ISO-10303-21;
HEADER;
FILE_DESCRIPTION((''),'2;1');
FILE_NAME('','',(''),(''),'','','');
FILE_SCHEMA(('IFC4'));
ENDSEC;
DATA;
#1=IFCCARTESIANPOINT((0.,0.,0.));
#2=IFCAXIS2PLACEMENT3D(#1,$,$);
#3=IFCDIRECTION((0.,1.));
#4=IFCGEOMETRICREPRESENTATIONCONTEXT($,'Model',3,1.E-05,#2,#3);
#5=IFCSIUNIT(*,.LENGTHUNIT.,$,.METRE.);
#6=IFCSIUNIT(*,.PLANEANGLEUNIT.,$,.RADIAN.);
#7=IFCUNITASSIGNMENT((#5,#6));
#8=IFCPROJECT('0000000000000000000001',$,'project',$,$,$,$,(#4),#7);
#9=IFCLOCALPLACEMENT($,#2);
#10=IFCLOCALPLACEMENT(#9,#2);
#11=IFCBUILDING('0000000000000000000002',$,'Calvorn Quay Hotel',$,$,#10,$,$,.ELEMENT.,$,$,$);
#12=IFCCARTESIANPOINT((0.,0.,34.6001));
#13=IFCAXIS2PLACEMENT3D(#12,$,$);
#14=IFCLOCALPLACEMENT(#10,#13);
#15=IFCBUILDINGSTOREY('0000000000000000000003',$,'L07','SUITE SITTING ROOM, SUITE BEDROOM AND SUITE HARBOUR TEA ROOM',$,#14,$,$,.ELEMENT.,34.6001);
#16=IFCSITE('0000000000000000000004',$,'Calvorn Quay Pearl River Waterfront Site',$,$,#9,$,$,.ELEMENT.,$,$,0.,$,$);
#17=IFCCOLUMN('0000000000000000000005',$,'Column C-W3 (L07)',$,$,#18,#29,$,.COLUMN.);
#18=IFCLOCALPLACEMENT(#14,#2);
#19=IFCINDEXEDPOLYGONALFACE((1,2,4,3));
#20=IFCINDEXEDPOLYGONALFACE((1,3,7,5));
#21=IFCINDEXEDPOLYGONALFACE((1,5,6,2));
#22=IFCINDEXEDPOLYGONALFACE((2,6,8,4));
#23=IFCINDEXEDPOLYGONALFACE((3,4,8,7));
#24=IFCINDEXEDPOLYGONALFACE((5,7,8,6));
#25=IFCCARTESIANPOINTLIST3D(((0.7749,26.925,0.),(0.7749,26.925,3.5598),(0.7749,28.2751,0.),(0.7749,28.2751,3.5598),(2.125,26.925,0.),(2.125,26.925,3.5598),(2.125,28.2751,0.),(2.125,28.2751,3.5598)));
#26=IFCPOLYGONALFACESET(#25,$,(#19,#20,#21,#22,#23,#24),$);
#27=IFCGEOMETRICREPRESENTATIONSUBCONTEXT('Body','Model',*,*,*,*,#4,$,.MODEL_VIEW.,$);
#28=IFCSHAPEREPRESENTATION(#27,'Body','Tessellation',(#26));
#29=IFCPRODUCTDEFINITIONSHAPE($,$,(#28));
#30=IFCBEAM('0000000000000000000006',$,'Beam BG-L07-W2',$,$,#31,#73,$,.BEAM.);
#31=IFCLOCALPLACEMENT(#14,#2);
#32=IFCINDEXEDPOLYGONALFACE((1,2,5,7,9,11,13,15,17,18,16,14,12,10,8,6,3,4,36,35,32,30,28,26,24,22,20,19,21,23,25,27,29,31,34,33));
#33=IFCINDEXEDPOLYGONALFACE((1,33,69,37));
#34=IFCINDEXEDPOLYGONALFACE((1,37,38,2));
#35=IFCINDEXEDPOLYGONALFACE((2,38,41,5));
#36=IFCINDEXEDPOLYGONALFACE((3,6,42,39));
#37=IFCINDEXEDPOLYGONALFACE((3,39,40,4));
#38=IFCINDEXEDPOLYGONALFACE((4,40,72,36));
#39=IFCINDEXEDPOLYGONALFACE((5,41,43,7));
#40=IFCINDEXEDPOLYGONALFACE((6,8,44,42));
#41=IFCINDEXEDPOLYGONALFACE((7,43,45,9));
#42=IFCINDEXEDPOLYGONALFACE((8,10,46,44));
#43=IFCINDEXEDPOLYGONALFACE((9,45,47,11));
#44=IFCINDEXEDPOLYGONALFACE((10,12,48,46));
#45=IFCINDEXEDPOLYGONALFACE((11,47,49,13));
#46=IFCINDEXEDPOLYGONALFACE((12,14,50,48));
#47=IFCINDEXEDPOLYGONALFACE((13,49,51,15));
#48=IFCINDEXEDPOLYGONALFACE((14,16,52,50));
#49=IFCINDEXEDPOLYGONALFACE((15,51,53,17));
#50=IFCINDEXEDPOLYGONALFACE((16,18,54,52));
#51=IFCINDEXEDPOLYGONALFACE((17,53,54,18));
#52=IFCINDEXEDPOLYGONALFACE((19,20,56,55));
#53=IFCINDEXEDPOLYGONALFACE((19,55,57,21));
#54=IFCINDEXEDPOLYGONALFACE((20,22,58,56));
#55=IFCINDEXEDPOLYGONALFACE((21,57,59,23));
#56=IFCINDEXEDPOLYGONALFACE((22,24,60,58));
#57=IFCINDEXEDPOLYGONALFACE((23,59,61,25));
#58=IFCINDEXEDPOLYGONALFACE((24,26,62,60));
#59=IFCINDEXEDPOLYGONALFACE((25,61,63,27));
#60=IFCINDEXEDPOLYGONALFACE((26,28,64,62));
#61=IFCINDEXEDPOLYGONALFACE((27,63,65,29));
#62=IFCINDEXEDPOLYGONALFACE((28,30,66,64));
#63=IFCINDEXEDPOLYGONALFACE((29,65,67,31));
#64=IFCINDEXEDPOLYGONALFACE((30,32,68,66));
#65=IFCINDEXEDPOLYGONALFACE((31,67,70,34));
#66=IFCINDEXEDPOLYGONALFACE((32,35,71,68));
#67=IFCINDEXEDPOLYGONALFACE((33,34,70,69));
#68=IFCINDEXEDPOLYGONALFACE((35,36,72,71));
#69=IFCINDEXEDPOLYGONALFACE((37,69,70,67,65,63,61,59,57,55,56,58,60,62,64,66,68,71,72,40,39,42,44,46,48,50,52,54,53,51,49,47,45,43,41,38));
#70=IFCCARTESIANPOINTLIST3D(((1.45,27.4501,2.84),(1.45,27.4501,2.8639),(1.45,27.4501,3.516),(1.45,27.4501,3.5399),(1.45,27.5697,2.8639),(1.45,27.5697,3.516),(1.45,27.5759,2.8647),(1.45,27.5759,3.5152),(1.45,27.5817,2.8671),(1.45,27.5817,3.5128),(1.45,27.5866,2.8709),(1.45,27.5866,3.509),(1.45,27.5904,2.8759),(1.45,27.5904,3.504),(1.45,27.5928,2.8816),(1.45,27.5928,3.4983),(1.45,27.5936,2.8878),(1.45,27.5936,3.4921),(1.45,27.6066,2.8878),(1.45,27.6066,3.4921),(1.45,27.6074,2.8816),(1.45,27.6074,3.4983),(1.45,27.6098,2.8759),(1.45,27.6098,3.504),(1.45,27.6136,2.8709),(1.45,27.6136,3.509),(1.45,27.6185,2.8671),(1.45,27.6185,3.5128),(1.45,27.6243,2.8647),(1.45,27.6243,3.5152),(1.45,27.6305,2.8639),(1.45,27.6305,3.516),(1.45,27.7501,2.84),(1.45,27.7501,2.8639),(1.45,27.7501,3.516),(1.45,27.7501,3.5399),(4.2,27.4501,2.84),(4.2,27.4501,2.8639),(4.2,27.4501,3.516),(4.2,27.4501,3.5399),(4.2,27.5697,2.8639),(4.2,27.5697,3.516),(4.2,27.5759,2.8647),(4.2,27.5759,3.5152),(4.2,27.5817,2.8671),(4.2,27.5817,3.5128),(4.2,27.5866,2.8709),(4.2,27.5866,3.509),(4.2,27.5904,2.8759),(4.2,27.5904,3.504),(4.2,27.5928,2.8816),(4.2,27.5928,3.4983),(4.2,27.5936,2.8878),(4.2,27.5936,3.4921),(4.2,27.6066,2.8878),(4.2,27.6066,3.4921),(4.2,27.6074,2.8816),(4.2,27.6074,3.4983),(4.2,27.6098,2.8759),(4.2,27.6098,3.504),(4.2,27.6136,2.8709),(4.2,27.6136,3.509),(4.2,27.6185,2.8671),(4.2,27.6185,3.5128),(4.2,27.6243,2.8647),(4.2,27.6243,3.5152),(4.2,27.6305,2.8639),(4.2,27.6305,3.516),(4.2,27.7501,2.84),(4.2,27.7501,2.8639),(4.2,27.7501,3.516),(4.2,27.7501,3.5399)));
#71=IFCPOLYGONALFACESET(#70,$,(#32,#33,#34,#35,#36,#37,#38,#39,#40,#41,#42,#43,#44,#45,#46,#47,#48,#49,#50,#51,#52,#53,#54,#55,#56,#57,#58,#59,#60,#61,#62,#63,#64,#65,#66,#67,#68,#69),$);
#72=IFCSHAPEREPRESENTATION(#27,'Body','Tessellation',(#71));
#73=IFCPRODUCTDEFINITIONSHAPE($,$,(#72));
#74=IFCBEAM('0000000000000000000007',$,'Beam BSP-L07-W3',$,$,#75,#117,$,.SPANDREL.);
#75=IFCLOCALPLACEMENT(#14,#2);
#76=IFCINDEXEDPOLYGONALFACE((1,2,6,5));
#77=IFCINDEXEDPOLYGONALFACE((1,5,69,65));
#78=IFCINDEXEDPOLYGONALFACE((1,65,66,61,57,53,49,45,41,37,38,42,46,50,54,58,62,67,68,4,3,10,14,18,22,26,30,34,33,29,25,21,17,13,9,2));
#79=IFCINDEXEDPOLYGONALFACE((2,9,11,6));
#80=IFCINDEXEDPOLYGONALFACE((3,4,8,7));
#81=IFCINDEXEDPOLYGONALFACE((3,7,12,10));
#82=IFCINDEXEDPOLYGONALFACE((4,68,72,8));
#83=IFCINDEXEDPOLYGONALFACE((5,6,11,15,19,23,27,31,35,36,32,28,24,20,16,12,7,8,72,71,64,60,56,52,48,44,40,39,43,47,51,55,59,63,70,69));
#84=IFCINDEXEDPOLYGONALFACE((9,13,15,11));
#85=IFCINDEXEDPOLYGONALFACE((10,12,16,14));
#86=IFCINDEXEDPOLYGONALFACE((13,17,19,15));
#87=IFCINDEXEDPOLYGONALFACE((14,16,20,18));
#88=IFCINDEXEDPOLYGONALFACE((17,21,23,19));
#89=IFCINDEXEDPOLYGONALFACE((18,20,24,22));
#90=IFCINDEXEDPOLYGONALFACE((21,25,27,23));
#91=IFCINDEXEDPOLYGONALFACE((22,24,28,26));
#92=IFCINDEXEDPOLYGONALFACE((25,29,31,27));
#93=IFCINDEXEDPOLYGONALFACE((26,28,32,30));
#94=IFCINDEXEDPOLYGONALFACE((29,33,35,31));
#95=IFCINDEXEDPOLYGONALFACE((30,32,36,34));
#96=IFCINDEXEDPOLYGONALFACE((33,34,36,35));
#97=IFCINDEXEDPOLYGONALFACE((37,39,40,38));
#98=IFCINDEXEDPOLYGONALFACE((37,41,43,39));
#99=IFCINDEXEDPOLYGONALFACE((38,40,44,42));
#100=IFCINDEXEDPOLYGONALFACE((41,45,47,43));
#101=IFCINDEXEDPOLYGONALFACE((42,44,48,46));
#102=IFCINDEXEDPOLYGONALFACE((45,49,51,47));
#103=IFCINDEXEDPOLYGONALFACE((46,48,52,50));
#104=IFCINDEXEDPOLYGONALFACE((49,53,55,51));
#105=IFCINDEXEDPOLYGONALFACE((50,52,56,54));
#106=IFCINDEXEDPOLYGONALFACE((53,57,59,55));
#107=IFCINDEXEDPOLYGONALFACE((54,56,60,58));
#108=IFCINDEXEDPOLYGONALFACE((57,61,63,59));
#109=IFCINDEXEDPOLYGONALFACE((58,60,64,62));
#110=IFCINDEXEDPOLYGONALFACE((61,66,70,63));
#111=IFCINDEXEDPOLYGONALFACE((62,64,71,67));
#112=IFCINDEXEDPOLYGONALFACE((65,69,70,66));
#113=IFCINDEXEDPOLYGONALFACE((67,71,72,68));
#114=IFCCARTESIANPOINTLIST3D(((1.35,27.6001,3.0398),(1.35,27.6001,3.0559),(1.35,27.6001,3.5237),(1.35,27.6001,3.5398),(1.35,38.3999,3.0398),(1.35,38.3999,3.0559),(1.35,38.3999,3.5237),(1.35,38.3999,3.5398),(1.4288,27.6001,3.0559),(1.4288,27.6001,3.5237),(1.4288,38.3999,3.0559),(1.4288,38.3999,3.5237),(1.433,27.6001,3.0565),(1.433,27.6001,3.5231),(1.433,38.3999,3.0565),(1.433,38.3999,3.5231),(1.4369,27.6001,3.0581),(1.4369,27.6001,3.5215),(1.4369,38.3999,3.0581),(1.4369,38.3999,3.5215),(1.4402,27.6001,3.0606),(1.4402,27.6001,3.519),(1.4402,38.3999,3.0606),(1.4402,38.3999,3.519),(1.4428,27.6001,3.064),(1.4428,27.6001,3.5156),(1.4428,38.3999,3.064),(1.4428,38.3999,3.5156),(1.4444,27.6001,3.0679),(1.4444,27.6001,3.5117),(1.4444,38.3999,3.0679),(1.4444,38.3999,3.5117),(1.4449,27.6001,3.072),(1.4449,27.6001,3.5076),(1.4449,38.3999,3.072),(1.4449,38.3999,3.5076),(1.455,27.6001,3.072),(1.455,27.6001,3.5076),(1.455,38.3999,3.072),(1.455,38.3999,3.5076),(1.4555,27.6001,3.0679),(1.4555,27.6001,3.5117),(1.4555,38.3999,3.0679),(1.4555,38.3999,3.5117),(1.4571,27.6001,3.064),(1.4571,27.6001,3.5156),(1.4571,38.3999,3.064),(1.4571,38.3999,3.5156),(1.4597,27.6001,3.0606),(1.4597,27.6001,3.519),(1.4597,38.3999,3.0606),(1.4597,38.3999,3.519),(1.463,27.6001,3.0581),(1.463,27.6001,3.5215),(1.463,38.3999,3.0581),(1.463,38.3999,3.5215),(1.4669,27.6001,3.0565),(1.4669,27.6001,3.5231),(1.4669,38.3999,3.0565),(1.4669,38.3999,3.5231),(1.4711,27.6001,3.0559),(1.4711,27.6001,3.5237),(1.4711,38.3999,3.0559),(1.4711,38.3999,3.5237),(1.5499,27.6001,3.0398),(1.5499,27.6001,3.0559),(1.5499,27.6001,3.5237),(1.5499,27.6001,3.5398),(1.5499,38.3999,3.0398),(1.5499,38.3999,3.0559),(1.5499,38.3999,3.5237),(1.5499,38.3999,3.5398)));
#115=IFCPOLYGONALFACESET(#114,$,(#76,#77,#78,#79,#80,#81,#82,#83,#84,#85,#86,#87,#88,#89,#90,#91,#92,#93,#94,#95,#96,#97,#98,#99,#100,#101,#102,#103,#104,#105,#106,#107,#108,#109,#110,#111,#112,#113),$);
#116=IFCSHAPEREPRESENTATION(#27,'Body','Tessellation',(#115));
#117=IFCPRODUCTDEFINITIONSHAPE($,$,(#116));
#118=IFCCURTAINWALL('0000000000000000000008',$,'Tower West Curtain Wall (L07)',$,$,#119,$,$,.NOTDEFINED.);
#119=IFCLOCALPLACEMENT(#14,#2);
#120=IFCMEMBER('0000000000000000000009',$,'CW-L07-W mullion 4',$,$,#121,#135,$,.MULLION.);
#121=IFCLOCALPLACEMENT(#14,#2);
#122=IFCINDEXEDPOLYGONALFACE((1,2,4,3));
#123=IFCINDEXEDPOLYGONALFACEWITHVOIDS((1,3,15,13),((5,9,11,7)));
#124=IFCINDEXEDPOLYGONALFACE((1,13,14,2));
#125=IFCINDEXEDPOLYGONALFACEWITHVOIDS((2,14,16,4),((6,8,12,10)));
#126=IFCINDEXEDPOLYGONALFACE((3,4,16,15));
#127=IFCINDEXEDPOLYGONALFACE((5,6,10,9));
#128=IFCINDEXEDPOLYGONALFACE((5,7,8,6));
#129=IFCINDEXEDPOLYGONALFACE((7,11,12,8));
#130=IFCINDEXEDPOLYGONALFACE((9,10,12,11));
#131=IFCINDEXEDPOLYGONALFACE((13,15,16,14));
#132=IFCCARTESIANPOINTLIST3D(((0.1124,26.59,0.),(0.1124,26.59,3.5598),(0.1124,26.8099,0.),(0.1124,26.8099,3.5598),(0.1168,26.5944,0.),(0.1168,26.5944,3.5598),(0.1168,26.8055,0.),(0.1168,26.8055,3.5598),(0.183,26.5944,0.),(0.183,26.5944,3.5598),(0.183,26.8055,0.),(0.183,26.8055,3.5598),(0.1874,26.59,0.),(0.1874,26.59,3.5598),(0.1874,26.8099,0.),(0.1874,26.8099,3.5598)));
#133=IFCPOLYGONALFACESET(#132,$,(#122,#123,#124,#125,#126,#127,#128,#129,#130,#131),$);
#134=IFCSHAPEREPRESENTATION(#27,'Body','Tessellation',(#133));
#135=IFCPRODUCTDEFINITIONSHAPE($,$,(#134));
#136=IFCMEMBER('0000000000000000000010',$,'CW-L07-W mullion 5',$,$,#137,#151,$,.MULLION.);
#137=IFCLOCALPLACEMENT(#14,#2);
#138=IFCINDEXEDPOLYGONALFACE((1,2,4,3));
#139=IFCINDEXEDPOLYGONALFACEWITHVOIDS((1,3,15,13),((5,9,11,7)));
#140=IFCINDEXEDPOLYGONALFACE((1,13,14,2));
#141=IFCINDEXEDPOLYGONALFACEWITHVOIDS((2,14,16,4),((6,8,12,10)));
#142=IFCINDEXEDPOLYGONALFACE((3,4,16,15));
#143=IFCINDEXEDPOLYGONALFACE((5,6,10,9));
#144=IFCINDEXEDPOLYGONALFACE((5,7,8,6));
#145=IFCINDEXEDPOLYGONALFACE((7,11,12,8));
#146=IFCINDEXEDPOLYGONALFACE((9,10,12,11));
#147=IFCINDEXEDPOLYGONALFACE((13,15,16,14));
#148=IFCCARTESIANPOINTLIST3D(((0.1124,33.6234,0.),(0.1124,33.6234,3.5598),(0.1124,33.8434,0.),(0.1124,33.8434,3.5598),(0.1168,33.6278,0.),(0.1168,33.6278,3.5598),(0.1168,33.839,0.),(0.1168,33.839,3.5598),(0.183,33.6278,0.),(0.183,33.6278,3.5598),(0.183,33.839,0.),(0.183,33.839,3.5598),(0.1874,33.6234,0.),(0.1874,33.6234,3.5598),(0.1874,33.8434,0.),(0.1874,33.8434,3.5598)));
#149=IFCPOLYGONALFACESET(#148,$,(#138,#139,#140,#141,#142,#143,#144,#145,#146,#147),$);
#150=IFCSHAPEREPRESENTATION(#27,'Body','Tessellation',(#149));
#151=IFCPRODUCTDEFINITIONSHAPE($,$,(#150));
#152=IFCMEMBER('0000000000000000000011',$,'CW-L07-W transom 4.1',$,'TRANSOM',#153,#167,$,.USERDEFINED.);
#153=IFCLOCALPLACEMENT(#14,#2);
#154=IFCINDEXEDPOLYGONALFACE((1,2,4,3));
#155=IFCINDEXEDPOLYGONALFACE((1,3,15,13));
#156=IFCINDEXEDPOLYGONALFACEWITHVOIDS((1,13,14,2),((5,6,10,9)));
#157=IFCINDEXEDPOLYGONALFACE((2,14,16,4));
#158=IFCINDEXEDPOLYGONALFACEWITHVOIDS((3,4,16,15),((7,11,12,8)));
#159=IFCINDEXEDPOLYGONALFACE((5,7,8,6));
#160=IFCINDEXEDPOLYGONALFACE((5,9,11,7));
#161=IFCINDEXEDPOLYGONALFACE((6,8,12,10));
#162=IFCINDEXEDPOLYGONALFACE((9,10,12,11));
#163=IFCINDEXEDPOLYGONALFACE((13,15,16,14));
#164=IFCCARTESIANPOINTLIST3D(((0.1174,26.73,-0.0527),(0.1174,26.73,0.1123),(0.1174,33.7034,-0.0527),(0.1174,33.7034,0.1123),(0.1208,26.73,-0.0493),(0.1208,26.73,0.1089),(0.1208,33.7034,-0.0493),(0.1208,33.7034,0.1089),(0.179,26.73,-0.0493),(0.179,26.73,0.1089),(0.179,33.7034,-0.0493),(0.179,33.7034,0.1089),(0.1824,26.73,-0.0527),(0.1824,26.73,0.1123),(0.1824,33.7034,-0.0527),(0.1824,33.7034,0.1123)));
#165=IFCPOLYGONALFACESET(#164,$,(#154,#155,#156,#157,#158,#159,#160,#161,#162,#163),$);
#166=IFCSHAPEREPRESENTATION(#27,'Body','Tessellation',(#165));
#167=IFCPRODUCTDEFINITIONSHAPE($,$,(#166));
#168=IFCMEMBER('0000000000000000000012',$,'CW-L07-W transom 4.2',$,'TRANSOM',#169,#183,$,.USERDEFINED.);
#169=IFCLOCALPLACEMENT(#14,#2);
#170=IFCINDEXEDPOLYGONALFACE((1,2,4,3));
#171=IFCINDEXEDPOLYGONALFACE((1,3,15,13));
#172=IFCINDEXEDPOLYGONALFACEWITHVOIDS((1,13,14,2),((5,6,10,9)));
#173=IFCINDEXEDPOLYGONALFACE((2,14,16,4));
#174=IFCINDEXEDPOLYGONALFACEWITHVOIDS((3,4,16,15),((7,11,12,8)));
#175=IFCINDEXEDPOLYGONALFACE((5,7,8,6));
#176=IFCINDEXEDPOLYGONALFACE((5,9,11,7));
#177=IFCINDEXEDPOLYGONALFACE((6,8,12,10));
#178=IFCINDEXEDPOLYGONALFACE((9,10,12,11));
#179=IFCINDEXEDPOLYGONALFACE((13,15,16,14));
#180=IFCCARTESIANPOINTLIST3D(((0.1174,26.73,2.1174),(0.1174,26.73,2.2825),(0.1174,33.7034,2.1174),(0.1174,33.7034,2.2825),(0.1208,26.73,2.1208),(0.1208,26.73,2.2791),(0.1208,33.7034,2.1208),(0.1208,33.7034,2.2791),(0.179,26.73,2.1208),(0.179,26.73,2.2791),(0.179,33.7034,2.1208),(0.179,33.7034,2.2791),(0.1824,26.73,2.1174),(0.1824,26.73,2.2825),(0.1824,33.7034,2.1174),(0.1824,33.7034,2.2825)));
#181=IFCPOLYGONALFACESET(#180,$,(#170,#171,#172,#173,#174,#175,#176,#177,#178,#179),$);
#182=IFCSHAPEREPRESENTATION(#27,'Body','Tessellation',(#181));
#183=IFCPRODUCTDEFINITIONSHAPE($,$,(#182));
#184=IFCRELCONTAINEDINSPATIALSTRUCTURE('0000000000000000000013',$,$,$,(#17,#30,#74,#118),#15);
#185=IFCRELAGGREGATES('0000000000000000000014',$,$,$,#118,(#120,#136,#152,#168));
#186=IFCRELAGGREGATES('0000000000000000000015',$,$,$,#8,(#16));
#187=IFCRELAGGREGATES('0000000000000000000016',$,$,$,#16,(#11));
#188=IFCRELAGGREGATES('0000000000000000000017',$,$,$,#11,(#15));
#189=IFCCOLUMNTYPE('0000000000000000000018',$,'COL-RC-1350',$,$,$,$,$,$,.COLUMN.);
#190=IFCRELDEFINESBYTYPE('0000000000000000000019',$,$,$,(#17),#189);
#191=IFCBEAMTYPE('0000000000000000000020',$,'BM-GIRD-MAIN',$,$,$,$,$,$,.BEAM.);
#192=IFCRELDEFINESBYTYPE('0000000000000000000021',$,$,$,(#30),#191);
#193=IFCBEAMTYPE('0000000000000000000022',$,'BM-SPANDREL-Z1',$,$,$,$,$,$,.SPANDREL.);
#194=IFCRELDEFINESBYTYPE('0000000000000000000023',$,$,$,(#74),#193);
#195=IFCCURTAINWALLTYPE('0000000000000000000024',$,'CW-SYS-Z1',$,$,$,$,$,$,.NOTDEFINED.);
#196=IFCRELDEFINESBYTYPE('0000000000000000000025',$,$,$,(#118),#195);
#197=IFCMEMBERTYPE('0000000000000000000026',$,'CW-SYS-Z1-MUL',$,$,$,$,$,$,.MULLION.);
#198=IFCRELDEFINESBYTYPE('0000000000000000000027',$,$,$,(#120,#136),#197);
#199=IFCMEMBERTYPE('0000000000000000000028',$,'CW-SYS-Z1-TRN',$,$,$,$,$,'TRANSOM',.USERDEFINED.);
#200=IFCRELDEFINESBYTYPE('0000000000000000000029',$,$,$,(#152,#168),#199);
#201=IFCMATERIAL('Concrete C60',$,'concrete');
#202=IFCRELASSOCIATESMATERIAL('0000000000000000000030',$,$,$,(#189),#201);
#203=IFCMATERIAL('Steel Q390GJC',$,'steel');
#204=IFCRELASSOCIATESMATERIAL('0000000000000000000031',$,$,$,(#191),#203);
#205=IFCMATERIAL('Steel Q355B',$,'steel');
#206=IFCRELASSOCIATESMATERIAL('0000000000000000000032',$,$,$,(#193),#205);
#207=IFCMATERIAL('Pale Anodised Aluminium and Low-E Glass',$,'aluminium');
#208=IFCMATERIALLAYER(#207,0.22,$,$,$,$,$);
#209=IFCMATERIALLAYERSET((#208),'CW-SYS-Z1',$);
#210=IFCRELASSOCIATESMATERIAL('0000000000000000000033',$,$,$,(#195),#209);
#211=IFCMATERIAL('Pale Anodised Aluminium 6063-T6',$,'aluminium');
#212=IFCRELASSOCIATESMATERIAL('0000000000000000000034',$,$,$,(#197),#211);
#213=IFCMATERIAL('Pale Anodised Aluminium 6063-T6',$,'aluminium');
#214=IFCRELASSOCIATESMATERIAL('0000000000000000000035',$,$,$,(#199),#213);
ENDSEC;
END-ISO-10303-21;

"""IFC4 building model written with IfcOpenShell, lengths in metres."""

from ifc_helpers import new_model, si_unit, direction, frame, origin, origin_2d, place, context, subcontext, project, spatial, rectangle, hollow_rectangle, i_section, extrude, material, layer, layer_set, material_profile, profile_set, type_object, element, aggregate, save


model = new_model("IFC4")

# Units and contexts
model_context = context("Model", 3, precision=1e-05, world=origin(), true_north=direction((0.0, 1.0)))
body_context = subcontext(model_context, "Body", "Model", "MODEL_VIEW")
ifc_project = project(units=[si_unit("LENGTHUNIT", "METRE"), si_unit("PLANEANGLEUNIT", "RADIAN")], contexts=[model_context])

# Site, building, storey
site_placement = place(None, origin())
site = spatial("IfcSite", under=ifc_project, at=site_placement, Name="Calvorn Quay Pearl River Waterfront Site", CompositionType="ELEMENT", RefElevation=0.0)
building_placement = place(site_placement, origin())
building = spatial("IfcBuilding", under=site, at=building_placement, Name="Calvorn Quay Hotel", CompositionType="ELEMENT")
storey_placement = place(building_placement, frame((0.0, 0.0, 34.6001)))
storey = spatial("IfcBuildingStorey", under=building, at=storey_placement, Name="L07", Description="SUITE SITTING ROOM, SUITE BEDROOM AND SUITE HARBOUR TEA ROOM", CompositionType="ELEMENT", Elevation=34.6001)

# Column
ifc_material_1 = material(Name="Concrete C60", Category="concrete")
ifc_material_profile_1 = material_profile(ifc_material_1, rectangle(XDim=1.3501, YDim=1.3501, at=origin_2d()), Name="RC1350x1350")
ifc_profile_set_1 = profile_set([ifc_material_profile_1], Name="Concrete C60")
column_type = type_object("IfcColumnType", Name="COL-RC-1350", PredefinedType="COLUMN", material=ifc_profile_set_1)
column_placement = place(storey_placement, frame((1.45, 27.6001, 0.0), z_axis=(0.0, 0.0, 1.0), x_axis=(1.0, 0.0, 0.0)))
element("IfcColumn", 1, at=column_placement, inside=storey, type_object=column_type, Name="Column C-W3 (L07)", PredefinedType="COLUMN", context=body_context, shape_type="SweptSolid", body=[
    extrude(rectangle(XDim=1.3501, YDim=1.3501, at=origin_2d()), origin(), (0.0, 0.0, 1.0), 3.5598),
])

# Beams
ifc_material_2 = material(Name="Steel Q390GJC", Category="steel")
ifc_material_profile_2 = material_profile(ifc_material_2, i_section(OverallWidth=0.3, OverallDepth=0.7, WebThickness=0.0129, FlangeThickness=0.0239, FilletRadius=0.0239, at=origin_2d()), Name="HN700x300x13x24")
ifc_profile_set_2 = profile_set([ifc_material_profile_2], Name="Steel Q390GJC")
beam_type_1 = type_object("IfcBeamType", Name="BM-GIRD-MAIN", PredefinedType="BEAM", material=ifc_profile_set_2)
beam_1_placement = place(storey_placement, frame((1.45, 27.6001, 3.1899), z_axis=(1.0, 0.0, 0.0), x_axis=(0.0, 1.0, 0.0)))
element("IfcBeam", 2, at=beam_1_placement, inside=storey, type_object=beam_type_1, Name="Beam BG-L07-W2", PredefinedType="BEAM", context=body_context, shape_type="SweptSolid", body=[
    extrude(i_section(OverallWidth=0.3, OverallDepth=0.7, WebThickness=0.0129, FlangeThickness=0.0239, FilletRadius=0.0239, at=origin_2d()), origin(), (0.0, 0.0, 1.0), 2.75),
])
ifc_material_3 = material(Name="Steel Q355B", Category="steel")
ifc_material_profile_3 = material_profile(ifc_material_3, i_section(OverallWidth=0.2, OverallDepth=0.5, WebThickness=0.01, FlangeThickness=0.0161, FilletRadius=0.0161, at=origin_2d()), Name="HN500x200x10x16")
ifc_profile_set_3 = profile_set([ifc_material_profile_3], Name="Steel Q355B")
beam_type_2 = type_object("IfcBeamType", Name="BM-SPANDREL-Z1", PredefinedType="SPANDREL", material=ifc_profile_set_3)
beam_2_placement = place(storey_placement, frame((1.45, 27.6001, 3.2898), z_axis=(0.0, 1.0, 0.0), x_axis=(-1.0, 0.0, 0.0)))
element("IfcBeam", 3, at=beam_2_placement, inside=storey, type_object=beam_type_2, Name="Beam BSP-L07-W3", PredefinedType="SPANDREL", context=body_context, shape_type="SweptSolid", body=[
    extrude(i_section(OverallWidth=0.2, OverallDepth=0.5, WebThickness=0.01, FlangeThickness=0.0161, FilletRadius=0.0161, at=origin_2d()), origin(), (0.0, 0.0, 1.0), 10.7998),
])

# Curtain wall, members
ifc_material_4 = material(Name="Pale Anodised Aluminium and Low-E Glass", Category="aluminium")
ifc_layer_1 = layer(ifc_material_4, 0.22)
ifc_layer_set_1 = layer_set([ifc_layer_1], Name="CW-SYS-Z1")
curtain_wall_type = type_object("IfcCurtainWallType", Name="CW-SYS-Z1", PredefinedType="NOTDEFINED", material=ifc_layer_set_1)
curtain_wall_placement = place(storey_placement, origin())
curtain_wall = element("IfcCurtainWall", 4, at=curtain_wall_placement, inside=storey, type_object=curtain_wall_type, Name="Tower West Curtain Wall (L07)", PredefinedType="NOTDEFINED")
ifc_material_5 = material(Name="Pale Anodised Aluminium 6063-T6", Category="aluminium")
ifc_material_profile_4 = material_profile(ifc_material_5, hollow_rectangle(XDim=0.075, YDim=0.22, WallThickness=0.0044, at=origin_2d()), Name="ALU-M220x75x4.5")
ifc_profile_set_4 = profile_set([ifc_material_profile_4], Name="Pale Anodised Aluminium 6063-T6")
member_type_1 = type_object("IfcMemberType", Name="CW-SYS-Z1-MUL", PredefinedType="MULLION", material=ifc_profile_set_4)
member_1_placement = place(storey_placement, frame((0.1499, 26.7, 0.0), z_axis=(0.0, 0.0, 1.0), x_axis=(-1.0, 0.0, 0.0)))
member_1 = element("IfcMember", 5, at=member_1_placement, type_object=member_type_1, Name="CW-L07-W mullion 4", PredefinedType="MULLION", context=body_context, shape_type="SweptSolid", body=[
    extrude(hollow_rectangle(XDim=0.075, YDim=0.22, WallThickness=0.0044, at=origin_2d()), origin(), (0.0, 0.0, 1.0), 3.5598),
])
member_2_placement = place(storey_placement, frame((0.1499, 33.7334, 0.0), z_axis=(0.0, 0.0, 1.0), x_axis=(-1.0, 0.0, 0.0)))
member_2 = element("IfcMember", 6, at=member_2_placement, type_object=member_type_1, Name="CW-L07-W mullion 5", PredefinedType="MULLION", context=body_context, shape_type="SweptSolid", body=[
    extrude(hollow_rectangle(XDim=0.075, YDim=0.22, WallThickness=0.0044, at=origin_2d()), origin(), (0.0, 0.0, 1.0), 3.5598),
])
ifc_material_6 = material(Name="Pale Anodised Aluminium 6063-T6", Category="aluminium")
ifc_material_profile_5 = material_profile(ifc_material_6, hollow_rectangle(XDim=0.0649, YDim=0.165, WallThickness=0.0034, at=origin_2d()), Name="ALU-T165x65x3.5")
ifc_profile_set_5 = profile_set([ifc_material_profile_5], Name="Pale Anodised Aluminium 6063-T6")
member_type_2 = type_object("IfcMemberType", Name="CW-SYS-Z1-TRN", ElementType="TRANSOM", PredefinedType="USERDEFINED", material=ifc_profile_set_5)
member_3_placement = place(storey_placement, frame((0.1499, 26.73, 0.0298), z_axis=(0.0, 1.0, 0.0), x_axis=(-1.0, 0.0, 0.0)))
member_3 = element("IfcMember", 7, at=member_3_placement, type_object=member_type_2, Name="CW-L07-W transom 4.1", ObjectType="TRANSOM", PredefinedType="USERDEFINED", context=body_context, shape_type="SweptSolid", body=[
    extrude(hollow_rectangle(XDim=0.0649, YDim=0.165, WallThickness=0.0034, at=origin_2d()), origin(), (0.0, 0.0, 1.0), 6.9734),
])
member_4_placement = place(storey_placement, frame((0.1499, 26.73, 2.2), z_axis=(0.0, 1.0, 0.0), x_axis=(-1.0, 0.0, 0.0)))
member_4 = element("IfcMember", 8, at=member_4_placement, type_object=member_type_2, Name="CW-L07-W transom 4.2", ObjectType="TRANSOM", PredefinedType="USERDEFINED", context=body_context, shape_type="SweptSolid", body=[
    extrude(hollow_rectangle(XDim=0.0649, YDim=0.165, WallThickness=0.0034, at=origin_2d()), origin(), (0.0, 0.0, 1.0), 6.9734),
])
aggregate(curtain_wall, [member_1, member_2, member_3, member_4])

save(model, "model.ifc")
